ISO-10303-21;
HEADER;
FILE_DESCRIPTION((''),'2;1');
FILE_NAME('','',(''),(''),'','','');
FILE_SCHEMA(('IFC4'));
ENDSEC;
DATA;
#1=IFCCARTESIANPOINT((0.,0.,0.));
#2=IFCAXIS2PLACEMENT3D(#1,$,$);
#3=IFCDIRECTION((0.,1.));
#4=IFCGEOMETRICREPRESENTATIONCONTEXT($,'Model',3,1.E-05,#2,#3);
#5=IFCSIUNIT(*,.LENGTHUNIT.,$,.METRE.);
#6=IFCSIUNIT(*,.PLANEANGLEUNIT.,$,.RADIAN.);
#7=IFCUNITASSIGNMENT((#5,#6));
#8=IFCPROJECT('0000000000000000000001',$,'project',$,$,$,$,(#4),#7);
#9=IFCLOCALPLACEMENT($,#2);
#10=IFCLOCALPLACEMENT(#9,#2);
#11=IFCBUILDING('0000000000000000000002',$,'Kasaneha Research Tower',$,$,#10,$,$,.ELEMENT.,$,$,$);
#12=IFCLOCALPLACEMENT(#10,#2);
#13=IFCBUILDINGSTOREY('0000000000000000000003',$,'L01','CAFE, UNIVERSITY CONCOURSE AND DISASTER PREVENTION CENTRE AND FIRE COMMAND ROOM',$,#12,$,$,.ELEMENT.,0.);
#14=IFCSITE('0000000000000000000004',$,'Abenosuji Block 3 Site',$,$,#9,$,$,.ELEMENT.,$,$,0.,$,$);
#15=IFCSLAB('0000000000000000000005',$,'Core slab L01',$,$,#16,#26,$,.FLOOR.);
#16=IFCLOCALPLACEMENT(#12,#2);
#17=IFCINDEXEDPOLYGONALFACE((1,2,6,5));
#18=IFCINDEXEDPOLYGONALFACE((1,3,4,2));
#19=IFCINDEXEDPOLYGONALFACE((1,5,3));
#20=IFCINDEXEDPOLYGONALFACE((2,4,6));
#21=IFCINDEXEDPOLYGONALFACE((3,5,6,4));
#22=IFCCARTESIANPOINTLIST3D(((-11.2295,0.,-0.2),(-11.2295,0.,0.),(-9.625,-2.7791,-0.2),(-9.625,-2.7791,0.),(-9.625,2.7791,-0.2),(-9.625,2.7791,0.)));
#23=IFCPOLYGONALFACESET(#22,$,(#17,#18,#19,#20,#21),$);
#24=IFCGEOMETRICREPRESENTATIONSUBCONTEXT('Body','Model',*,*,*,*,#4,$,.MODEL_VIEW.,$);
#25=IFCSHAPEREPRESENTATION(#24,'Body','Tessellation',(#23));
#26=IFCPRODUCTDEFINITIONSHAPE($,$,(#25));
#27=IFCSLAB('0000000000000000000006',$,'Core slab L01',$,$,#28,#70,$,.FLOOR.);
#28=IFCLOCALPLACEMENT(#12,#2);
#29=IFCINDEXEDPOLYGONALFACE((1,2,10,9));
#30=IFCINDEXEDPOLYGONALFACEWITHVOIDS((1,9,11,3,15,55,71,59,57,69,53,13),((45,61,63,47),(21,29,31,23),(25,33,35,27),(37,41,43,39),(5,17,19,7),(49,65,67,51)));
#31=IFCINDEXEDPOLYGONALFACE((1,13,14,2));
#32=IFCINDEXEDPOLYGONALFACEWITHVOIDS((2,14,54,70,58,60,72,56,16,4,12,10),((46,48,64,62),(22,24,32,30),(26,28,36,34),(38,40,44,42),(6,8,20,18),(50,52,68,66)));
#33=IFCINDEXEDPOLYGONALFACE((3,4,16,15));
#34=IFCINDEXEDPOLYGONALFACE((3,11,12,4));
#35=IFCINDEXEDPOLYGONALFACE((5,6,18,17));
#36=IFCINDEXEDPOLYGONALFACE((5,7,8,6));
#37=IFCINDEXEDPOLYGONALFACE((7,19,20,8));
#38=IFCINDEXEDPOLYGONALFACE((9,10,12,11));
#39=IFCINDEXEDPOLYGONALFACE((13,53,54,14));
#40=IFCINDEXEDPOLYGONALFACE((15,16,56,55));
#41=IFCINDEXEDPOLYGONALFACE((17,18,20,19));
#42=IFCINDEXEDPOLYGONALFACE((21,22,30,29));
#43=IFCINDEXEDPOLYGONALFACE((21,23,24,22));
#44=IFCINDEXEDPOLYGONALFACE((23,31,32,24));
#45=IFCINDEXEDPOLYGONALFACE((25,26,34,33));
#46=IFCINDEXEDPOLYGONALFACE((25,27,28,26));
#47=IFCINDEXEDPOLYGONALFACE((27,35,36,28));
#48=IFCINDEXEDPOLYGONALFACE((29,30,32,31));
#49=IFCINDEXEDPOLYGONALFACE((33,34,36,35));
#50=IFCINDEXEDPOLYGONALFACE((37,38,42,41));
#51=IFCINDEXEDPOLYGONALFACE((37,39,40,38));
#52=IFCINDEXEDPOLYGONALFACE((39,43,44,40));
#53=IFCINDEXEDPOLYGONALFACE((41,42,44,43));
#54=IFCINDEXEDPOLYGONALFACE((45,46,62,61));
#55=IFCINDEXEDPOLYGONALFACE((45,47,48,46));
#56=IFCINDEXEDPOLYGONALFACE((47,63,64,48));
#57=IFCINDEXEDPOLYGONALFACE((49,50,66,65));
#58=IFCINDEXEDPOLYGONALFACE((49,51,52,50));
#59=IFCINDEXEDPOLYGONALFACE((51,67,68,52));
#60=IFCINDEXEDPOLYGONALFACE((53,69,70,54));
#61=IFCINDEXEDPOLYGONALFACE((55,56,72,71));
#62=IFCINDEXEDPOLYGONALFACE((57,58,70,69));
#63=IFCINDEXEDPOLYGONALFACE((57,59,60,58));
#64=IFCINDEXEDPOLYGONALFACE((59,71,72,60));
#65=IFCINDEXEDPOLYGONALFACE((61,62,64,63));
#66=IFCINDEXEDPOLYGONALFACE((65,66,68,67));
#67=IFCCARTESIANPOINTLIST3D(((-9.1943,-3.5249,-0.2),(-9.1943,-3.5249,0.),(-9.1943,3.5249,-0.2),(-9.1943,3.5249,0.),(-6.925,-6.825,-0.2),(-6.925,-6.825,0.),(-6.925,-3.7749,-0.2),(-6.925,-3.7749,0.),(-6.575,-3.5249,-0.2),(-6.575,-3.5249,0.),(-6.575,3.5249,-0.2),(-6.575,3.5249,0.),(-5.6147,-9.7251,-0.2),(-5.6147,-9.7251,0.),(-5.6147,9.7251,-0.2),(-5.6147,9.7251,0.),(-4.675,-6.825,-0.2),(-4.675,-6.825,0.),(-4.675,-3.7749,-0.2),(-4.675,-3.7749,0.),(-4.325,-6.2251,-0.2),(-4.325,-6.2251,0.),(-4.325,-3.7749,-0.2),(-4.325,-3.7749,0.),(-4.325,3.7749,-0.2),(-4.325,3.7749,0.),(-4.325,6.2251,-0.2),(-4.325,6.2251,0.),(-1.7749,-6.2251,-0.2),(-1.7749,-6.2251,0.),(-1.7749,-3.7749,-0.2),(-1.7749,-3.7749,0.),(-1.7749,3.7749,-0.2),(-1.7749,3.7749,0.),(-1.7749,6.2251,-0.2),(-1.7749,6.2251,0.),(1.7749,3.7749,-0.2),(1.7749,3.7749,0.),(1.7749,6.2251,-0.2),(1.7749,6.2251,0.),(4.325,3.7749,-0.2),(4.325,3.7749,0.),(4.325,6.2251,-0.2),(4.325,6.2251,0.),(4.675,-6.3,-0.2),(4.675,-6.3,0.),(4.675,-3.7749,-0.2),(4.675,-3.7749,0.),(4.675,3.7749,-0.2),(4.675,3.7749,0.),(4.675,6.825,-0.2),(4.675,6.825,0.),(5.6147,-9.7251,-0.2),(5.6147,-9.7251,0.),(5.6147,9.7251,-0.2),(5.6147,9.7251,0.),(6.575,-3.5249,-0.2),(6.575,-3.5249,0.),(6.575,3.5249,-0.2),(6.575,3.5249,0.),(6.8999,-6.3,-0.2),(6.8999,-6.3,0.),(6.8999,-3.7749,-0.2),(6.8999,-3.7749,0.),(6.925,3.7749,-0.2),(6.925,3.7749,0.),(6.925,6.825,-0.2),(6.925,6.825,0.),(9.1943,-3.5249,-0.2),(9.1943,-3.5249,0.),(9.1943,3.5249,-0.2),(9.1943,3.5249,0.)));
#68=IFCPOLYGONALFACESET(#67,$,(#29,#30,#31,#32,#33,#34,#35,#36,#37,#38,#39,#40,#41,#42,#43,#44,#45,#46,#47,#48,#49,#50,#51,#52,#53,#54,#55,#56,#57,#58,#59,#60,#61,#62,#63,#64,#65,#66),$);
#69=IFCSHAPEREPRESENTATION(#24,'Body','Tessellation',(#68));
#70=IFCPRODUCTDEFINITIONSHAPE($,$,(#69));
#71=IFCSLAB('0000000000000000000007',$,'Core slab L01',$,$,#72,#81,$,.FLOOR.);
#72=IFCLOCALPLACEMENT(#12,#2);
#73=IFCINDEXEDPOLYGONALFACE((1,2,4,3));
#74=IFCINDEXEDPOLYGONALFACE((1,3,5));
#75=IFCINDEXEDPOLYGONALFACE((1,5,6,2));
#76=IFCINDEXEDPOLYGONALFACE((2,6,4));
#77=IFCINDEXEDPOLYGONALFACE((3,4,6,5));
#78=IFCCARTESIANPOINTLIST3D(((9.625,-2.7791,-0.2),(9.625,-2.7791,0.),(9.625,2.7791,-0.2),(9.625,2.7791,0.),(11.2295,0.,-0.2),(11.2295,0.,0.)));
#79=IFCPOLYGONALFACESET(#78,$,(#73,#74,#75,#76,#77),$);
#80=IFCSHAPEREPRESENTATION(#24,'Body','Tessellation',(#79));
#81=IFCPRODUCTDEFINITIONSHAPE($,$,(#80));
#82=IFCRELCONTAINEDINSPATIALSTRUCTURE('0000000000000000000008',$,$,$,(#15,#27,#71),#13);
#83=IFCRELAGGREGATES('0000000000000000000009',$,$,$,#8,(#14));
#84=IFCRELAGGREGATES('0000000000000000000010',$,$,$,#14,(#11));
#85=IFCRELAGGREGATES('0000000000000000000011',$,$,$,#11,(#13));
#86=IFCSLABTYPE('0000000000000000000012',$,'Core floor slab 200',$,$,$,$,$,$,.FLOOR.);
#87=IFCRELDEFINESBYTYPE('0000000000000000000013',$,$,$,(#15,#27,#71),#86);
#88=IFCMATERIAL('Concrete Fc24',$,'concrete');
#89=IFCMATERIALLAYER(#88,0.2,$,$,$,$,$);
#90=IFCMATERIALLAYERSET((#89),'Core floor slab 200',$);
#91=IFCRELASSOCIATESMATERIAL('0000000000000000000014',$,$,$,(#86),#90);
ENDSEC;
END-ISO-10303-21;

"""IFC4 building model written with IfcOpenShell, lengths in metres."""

from ifc_helpers import new_model, si_unit, direction, frame, origin, place, context, subcontext, project, spatial, polyline, outline, extrude, material, layer, layer_set, type_object, element, save


model = new_model("IFC4")

# Units and contexts
model_context = context("Model", 3, precision=1e-05, world=origin(), true_north=direction((0.0, 1.0)))
body_context = subcontext(model_context, "Body", "Model", "MODEL_VIEW")
ifc_project = project(units=[si_unit("LENGTHUNIT", "METRE"), si_unit("PLANEANGLEUNIT", "RADIAN")], contexts=[model_context])

# Site, building, storey
site_placement = place(None, origin())
site = spatial("IfcSite", under=ifc_project, at=site_placement, Name="Abenosuji Block 3 Site", CompositionType="ELEMENT", RefElevation=0.0)
building_placement = place(site_placement, origin())
building = spatial("IfcBuilding", under=site, at=building_placement, Name="Kasaneha Research Tower", CompositionType="ELEMENT")
storey_placement = place(building_placement, origin())
storey = spatial("IfcBuildingStorey", under=building, at=storey_placement, Name="L01", Description="CAFE, UNIVERSITY CONCOURSE AND DISASTER PREVENTION CENTRE AND FIRE COMMAND ROOM", CompositionType="ELEMENT", Elevation=0.0)

# Slabs
ifc_material_1 = material(Name="Concrete Fc24", Category="concrete")
ifc_layer_1 = layer(ifc_material_1, 0.2)
ifc_layer_set_1 = layer_set([ifc_layer_1], Name="Core floor slab 200")
slab_type_1 = type_object("IfcSlabType", Name="Core floor slab 200", PredefinedType="FLOOR", material=ifc_layer_set_1)
slab_1_placement = place(storey_placement, frame((0.0, 0.0, -0.2)))
element("IfcSlab", 1, at=slab_1_placement, inside=storey, type_object=slab_type_1, Name="Core slab L01", PredefinedType="FLOOR", context=body_context, shape_type="SweptSolid", body=[
    extrude(outline(polyline([(-11.2295, 0.0), (-9.625, 2.7791), (-9.625, -2.7791), (-11.2295, 0.0)])), origin(), (0.0, 0.0, 1.0), 0.2),
])
slab_2_placement = place(storey_placement, frame((0.0, 0.0, -0.2)))
element("IfcSlab", 2, at=slab_2_placement, inside=storey, type_object=slab_type_1, Name="Core slab L01", PredefinedType="FLOOR", context=body_context, shape_type="SweptSolid", body=[
    extrude(outline(polyline([(-5.6147, 9.7251), (5.6147, 9.7251), (9.1943, 3.5249), (6.575, 3.5249), (6.575, -3.5249), (9.1943, -3.5249), (5.6147, -9.7251), (-5.6147, -9.7251), (-9.1943, -3.5249), (-6.575, -3.5249), (-6.575, 3.5249), (-9.1943, 3.5249), (-5.6147, 9.7251)]), holes=[polyline([(-6.925, -3.7749), (-6.925, -6.825), (-4.675, -6.825), (-4.675, -3.7749), (-6.925, -3.7749)]), polyline([(4.675, -3.7749), (4.675, -6.3), (6.8999, -6.3), (6.8999, -3.7749), (4.675, -3.7749)]), polyline([(-4.325, -3.7749), (-4.325, -6.2251), (-1.7749, -6.2251), (-1.7749, -3.7749), (-4.325, -3.7749)]), polyline([(-4.325, 6.2251), (-4.325, 3.7749), (-1.7749, 3.7749), (-1.7749, 6.2251), (-4.325, 6.2251)]), polyline([(1.7749, 6.2251), (1.7749, 3.7749), (4.325, 3.7749), (4.325, 6.2251), (1.7749, 6.2251)]), polyline([(4.675, 6.825), (4.675, 3.7749), (6.925, 3.7749), (6.925, 6.825), (4.675, 6.825)])]), origin(), (0.0, 0.0, 1.0), 0.2),
])
slab_3_placement = place(storey_placement, frame((0.0, 0.0, -0.2)))
element("IfcSlab", 3, at=slab_3_placement, inside=storey, type_object=slab_type_1, Name="Core slab L01", PredefinedType="FLOOR", context=body_context, shape_type="SweptSolid", body=[
    extrude(outline(polyline([(11.2295, 0.0), (9.625, -2.7791), (9.625, 2.7791), (11.2295, 0.0)])), origin(), (0.0, 0.0, 1.0), 0.2),
])

save(model, "model.ifc")
